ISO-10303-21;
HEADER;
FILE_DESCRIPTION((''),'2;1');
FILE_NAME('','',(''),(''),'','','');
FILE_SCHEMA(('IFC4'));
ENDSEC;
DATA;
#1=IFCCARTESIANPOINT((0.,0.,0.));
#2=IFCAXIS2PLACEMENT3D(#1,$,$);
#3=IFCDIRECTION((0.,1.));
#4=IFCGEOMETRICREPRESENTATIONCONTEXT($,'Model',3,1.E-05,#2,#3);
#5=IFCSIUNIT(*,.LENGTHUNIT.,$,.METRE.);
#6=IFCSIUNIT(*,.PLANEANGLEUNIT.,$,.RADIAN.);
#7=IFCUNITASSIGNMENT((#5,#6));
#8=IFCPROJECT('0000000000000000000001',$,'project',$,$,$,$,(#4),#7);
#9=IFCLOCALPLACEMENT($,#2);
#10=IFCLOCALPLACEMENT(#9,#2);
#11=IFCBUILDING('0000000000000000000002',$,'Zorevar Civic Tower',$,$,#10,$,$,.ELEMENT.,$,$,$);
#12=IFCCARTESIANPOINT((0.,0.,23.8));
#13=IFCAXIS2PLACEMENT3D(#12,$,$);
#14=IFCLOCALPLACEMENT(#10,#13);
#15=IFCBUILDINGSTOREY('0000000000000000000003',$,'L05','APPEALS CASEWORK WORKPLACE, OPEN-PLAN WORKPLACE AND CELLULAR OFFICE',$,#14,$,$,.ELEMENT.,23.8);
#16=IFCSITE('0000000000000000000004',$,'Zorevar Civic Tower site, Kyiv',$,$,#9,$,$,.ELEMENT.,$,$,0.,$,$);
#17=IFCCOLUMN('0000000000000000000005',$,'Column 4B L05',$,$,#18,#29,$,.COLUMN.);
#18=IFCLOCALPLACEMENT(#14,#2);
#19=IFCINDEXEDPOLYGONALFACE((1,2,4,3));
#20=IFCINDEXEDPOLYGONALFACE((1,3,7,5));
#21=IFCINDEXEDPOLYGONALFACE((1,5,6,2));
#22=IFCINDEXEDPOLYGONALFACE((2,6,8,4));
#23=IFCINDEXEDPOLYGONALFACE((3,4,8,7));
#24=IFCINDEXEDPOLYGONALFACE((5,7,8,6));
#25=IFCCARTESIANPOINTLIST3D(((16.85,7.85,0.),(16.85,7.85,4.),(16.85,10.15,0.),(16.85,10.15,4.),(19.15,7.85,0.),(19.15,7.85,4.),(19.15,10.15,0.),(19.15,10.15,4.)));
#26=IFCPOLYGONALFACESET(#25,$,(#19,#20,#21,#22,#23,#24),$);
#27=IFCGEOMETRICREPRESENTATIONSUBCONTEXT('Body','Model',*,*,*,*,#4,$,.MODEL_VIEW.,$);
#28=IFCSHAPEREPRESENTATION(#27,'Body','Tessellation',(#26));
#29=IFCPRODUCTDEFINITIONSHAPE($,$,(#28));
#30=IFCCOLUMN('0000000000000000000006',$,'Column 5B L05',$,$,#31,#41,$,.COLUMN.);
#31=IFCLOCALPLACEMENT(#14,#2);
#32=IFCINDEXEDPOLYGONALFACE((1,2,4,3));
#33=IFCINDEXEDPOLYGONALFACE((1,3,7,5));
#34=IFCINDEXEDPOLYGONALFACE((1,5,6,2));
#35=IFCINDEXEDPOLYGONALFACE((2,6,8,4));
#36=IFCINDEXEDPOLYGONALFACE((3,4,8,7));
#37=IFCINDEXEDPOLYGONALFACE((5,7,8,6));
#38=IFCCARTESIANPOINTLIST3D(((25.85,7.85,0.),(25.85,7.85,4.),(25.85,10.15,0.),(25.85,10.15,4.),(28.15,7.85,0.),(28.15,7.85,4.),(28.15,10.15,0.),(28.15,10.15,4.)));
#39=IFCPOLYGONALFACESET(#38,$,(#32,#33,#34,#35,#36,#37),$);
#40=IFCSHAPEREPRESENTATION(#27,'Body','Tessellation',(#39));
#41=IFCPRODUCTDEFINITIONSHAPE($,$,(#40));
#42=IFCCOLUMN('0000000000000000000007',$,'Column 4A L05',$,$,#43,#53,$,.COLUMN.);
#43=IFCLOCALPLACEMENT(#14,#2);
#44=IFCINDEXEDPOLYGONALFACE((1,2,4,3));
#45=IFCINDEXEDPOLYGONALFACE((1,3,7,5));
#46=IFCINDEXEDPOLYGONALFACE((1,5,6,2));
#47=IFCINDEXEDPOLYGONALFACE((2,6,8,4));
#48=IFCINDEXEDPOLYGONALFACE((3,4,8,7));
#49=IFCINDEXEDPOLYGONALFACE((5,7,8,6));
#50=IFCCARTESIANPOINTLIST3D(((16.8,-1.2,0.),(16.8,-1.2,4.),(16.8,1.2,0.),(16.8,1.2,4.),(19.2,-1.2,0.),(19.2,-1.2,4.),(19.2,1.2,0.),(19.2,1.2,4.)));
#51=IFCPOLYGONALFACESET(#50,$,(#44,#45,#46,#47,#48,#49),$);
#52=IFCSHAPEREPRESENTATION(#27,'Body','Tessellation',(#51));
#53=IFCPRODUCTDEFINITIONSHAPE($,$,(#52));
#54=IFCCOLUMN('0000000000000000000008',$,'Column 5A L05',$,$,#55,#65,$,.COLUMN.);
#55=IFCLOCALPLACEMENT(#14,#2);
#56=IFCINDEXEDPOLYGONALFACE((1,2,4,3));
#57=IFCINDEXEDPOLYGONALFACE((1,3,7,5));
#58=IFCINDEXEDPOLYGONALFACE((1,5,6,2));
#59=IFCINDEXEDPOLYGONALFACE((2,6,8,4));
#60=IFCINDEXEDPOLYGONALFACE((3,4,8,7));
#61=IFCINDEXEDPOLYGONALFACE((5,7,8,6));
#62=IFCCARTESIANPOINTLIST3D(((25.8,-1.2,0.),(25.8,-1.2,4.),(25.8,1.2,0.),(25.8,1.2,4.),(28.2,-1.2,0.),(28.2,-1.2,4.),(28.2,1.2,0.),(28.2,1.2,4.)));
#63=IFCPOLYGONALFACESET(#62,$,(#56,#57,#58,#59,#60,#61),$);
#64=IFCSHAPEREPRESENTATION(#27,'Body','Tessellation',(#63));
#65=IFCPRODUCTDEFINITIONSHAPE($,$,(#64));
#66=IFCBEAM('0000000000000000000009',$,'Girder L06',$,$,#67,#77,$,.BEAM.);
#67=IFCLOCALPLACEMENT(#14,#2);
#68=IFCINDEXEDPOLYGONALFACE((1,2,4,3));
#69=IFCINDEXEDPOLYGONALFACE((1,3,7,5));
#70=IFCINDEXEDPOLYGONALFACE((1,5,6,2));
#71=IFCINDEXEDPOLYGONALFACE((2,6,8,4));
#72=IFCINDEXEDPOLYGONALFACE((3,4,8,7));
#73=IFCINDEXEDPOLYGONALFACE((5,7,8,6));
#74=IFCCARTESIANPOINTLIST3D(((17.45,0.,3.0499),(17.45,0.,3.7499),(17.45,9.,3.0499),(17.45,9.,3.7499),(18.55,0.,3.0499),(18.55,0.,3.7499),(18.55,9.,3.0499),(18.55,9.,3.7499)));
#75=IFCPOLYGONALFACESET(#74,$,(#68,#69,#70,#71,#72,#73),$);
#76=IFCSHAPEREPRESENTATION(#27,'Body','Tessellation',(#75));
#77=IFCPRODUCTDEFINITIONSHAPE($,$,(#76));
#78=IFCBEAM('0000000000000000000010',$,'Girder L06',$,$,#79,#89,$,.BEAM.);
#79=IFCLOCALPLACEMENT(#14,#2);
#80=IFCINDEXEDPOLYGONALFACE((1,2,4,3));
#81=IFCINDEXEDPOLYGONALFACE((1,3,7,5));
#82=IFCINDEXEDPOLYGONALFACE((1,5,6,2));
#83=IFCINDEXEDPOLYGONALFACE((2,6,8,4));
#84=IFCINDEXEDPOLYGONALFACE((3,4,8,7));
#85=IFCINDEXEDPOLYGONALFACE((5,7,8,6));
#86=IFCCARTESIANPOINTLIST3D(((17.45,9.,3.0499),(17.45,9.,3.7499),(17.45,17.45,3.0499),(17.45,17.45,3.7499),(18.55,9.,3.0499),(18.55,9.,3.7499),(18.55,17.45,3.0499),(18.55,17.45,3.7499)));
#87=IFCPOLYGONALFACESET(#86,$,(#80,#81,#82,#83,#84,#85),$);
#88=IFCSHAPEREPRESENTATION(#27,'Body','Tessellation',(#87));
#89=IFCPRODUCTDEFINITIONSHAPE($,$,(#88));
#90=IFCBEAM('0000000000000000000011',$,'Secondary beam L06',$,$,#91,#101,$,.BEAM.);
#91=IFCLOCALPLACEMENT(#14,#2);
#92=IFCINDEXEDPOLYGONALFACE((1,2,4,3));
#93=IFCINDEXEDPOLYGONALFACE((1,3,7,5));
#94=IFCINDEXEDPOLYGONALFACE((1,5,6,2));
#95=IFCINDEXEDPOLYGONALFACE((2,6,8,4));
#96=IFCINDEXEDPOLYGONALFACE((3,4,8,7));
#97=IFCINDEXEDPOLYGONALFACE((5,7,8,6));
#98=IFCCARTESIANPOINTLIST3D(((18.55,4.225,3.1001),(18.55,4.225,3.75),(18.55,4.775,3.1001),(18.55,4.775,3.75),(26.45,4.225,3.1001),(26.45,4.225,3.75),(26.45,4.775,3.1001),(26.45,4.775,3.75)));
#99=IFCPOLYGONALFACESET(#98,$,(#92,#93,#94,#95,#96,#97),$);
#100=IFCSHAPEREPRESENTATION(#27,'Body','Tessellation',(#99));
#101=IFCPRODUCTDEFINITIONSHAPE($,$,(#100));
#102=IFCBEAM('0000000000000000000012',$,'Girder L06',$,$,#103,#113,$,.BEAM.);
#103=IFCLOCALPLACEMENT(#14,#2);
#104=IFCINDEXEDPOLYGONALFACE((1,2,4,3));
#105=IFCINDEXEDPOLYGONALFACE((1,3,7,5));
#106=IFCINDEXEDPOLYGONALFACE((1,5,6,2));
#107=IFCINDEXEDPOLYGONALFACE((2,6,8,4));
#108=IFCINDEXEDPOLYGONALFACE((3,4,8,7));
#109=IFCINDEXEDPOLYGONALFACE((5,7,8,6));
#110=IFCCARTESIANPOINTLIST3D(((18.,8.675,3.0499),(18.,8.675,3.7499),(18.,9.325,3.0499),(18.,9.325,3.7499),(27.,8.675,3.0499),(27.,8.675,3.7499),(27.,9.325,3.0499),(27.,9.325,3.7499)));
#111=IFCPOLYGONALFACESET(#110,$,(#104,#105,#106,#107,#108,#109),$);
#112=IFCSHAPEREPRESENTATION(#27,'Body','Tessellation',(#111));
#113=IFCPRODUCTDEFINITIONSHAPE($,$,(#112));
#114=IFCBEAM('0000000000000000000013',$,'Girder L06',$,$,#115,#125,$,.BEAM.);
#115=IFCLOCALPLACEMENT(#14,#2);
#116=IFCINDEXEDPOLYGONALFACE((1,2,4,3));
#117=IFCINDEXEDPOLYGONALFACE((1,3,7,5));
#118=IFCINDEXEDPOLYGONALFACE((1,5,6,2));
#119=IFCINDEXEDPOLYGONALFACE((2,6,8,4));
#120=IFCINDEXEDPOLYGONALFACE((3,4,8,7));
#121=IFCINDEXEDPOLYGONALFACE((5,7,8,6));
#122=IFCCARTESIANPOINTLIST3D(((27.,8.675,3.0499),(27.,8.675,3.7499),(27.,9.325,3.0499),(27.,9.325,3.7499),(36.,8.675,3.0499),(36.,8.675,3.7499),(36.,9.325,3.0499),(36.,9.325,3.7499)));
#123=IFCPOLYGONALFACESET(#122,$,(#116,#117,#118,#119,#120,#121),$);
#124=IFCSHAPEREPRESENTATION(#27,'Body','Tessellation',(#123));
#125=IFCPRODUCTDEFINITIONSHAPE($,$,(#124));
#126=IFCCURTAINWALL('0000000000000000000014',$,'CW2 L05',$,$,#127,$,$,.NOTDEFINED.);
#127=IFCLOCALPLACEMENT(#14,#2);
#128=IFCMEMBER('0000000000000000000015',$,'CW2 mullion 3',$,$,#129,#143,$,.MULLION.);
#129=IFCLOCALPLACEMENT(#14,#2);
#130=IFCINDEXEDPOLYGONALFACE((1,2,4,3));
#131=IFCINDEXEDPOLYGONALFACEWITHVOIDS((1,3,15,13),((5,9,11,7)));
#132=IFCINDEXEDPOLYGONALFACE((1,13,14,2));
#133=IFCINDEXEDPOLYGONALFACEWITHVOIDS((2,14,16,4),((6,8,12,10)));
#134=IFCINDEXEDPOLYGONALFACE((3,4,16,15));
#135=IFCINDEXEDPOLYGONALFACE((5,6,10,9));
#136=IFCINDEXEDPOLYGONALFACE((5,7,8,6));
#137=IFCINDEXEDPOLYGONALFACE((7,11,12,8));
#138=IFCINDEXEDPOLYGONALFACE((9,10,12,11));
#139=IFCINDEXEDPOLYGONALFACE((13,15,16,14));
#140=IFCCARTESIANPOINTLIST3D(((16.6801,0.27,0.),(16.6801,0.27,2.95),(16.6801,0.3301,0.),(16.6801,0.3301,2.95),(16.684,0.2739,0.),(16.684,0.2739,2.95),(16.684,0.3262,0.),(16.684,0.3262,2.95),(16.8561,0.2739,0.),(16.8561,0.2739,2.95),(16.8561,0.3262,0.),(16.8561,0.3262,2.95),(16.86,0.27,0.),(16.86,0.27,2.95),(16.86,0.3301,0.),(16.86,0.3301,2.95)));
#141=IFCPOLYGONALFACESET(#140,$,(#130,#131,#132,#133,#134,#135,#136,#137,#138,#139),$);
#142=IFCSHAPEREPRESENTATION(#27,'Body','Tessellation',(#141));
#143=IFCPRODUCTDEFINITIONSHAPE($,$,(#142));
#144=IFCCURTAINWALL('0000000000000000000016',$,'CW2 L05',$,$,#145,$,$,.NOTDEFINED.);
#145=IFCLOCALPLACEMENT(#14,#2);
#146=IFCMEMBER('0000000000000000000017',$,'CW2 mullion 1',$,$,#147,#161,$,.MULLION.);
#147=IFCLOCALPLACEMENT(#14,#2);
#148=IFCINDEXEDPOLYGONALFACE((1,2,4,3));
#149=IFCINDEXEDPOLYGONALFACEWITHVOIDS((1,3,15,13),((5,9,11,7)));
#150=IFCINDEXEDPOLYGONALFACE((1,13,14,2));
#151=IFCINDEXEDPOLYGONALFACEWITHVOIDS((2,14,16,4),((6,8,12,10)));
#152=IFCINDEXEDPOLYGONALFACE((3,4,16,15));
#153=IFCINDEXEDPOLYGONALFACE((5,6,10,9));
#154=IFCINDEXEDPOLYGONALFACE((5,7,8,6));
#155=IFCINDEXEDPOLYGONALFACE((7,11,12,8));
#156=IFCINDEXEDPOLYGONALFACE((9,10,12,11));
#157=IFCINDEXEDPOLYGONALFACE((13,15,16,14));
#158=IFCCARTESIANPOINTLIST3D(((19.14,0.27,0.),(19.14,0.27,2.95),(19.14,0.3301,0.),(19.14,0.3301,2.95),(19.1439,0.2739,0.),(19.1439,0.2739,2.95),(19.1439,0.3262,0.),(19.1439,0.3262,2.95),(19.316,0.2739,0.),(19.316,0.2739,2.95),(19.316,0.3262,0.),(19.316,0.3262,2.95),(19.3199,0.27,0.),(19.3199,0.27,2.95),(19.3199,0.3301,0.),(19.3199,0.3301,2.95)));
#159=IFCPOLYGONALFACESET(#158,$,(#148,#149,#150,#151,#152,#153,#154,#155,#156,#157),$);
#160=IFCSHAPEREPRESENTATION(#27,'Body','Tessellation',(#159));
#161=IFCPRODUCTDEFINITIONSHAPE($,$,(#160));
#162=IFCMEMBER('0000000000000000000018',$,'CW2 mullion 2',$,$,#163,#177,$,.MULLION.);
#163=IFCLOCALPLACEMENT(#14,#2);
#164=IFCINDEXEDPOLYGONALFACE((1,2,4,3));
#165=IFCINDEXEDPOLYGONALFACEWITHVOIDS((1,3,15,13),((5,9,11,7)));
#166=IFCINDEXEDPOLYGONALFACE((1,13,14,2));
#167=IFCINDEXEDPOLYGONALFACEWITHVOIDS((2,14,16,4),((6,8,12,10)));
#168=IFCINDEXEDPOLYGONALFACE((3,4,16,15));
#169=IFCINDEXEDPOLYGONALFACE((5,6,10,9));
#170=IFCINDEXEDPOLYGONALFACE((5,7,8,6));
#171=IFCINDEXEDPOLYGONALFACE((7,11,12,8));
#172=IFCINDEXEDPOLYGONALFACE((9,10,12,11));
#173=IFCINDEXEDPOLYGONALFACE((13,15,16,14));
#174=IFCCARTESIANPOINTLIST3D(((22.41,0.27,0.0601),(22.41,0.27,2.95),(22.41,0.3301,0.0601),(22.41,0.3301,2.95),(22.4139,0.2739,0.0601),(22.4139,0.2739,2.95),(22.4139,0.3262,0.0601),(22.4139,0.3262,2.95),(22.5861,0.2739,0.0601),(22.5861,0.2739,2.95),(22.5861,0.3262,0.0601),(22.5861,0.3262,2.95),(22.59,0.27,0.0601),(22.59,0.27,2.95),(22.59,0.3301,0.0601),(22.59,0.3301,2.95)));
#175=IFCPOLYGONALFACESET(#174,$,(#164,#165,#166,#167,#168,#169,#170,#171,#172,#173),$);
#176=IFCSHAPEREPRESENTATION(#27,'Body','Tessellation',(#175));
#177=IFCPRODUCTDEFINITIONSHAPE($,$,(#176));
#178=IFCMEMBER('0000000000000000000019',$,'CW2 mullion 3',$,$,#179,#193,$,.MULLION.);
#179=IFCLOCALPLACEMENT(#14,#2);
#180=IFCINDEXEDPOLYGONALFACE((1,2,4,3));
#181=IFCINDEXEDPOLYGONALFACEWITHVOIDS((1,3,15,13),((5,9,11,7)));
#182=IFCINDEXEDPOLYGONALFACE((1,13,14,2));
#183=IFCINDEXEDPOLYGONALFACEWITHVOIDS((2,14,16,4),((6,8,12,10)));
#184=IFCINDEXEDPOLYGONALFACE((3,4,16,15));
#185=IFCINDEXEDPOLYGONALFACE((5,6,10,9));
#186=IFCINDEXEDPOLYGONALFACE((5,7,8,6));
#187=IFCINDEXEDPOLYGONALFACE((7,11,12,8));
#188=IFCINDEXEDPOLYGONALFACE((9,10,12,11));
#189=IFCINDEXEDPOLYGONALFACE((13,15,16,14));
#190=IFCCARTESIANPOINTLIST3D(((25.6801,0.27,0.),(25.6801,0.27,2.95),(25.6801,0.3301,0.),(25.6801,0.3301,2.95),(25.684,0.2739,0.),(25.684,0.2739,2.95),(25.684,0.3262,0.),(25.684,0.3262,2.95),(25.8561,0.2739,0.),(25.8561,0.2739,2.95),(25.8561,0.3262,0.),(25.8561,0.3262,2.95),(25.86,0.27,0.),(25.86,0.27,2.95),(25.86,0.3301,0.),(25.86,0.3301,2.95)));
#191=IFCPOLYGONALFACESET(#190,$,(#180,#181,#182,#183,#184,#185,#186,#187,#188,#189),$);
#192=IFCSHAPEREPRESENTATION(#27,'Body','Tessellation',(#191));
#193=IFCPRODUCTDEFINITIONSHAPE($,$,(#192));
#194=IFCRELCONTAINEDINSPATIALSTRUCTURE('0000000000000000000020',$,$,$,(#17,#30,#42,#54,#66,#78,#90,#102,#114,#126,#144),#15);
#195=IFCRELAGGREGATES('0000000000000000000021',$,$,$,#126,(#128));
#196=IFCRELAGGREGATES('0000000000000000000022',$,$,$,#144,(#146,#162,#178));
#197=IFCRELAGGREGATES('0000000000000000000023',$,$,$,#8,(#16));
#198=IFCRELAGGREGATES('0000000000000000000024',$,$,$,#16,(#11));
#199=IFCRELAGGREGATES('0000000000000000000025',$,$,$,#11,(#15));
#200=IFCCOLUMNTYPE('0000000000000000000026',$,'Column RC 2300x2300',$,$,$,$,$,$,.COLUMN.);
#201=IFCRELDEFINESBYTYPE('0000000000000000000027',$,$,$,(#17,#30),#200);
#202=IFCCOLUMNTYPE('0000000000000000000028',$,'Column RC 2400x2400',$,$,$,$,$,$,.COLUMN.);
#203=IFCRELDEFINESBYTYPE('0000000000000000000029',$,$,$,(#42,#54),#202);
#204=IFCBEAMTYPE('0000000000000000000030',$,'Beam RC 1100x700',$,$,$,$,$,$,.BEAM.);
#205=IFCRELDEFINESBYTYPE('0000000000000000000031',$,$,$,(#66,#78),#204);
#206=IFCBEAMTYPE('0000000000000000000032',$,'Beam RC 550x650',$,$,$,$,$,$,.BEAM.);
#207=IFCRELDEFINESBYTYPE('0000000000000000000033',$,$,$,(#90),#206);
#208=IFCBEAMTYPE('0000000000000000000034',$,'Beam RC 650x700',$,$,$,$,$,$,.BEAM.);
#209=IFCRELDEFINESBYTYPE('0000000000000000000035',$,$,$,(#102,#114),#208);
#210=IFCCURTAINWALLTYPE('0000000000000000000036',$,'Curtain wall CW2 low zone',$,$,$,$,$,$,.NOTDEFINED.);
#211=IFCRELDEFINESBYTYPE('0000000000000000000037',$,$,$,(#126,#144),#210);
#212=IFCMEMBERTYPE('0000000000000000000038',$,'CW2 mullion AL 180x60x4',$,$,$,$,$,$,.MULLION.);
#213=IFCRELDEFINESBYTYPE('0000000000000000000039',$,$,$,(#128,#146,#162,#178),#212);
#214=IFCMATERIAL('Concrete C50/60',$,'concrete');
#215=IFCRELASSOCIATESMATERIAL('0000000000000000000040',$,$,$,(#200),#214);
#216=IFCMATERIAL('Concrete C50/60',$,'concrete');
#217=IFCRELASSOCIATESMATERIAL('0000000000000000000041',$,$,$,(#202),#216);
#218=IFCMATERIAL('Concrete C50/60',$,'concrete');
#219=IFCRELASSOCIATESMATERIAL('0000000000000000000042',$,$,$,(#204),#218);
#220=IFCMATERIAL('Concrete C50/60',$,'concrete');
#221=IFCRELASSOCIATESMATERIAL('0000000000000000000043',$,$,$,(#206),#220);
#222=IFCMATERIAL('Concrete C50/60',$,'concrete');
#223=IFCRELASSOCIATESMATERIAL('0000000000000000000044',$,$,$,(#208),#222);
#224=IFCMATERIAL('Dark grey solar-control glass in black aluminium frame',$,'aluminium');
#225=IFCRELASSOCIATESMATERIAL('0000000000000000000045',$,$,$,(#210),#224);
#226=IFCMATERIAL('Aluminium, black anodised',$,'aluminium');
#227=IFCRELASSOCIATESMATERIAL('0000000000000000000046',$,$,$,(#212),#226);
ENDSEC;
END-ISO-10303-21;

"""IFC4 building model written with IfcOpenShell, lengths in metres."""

from ifc_helpers import new_model, si_unit, direction, frame, origin, origin_2d, place, context, subcontext, project, spatial, rectangle, hollow_rectangle, extrude, material, material_profile, profile_set, type_object, element, aggregate, save


model = new_model("IFC4")

# Units and contexts
model_context = context("Model", 3, precision=1e-05, world=origin(), true_north=direction((0.0, 1.0)))
body_context = subcontext(model_context, "Body", "Model", "MODEL_VIEW")
ifc_project = project(units=[si_unit("LENGTHUNIT", "METRE"), si_unit("PLANEANGLEUNIT", "RADIAN")], contexts=[model_context])

# Site, building, storey
site_placement = place(None, origin())
site = spatial("IfcSite", under=ifc_project, at=site_placement, Name="Zorevar Civic Tower site, Kyiv", CompositionType="ELEMENT", RefElevation=0.0)
building_placement = place(site_placement, origin())
building = spatial("IfcBuilding", under=site, at=building_placement, Name="Zorevar Civic Tower", CompositionType="ELEMENT")
storey_placement = place(building_placement, frame((0.0, 0.0, 23.8)))
storey = spatial("IfcBuildingStorey", under=building, at=storey_placement, Name="L05", Description="APPEALS CASEWORK WORKPLACE, OPEN-PLAN WORKPLACE AND CELLULAR OFFICE", CompositionType="ELEMENT", Elevation=23.8)

# Columns
ifc_material_1 = material(Name="Concrete C50/60", Category="concrete")
ifc_material_profile_1 = material_profile(ifc_material_1, rectangle(XDim=2.3, YDim=2.3, at=origin_2d()), Name="RC 2300x2300")
ifc_profile_set_1 = profile_set([ifc_material_profile_1], Name="Concrete C50/60")
column_type_1 = type_object("IfcColumnType", Name="Column RC 2300x2300", PredefinedType="COLUMN", material=ifc_profile_set_1)
for number, where, z_axis, x_axis, name in (
    (1, (18.0, 9.0, 0.0), (0.0, 0.0, 1.0), (1.0, 0.0, 0.0), "Column 4B L05"),
    (2, (27.0, 9.0, 0.0), (0.0, 0.0, 1.0), (1.0, 0.0, 0.0), "Column 5B L05"),
):
    element("IfcColumn", number, at=place(storey_placement, frame(where, z_axis=z_axis, x_axis=x_axis)), inside=storey, type_object=column_type_1, Name=name, PredefinedType="COLUMN", context=body_context, shape_type="SweptSolid", body=[
        extrude(rectangle(XDim=2.3, YDim=2.3, at=origin_2d()), origin(), (0.0, 0.0, 1.0), 4.0),
    ])
ifc_material_2 = material(Name="Concrete C50/60", Category="concrete")
ifc_material_profile_2 = material_profile(ifc_material_2, rectangle(XDim=2.3999, YDim=2.3999, at=origin_2d()), Name="RC 2400x2400")
ifc_profile_set_2 = profile_set([ifc_material_profile_2], Name="Concrete C50/60")
column_type_2 = type_object("IfcColumnType", Name="Column RC 2400x2400", PredefinedType="COLUMN", material=ifc_profile_set_2)
for number, where, z_axis, x_axis, name in (
    (3, (18.0, 0.0, 0.0), (0.0, 0.0, 1.0), (1.0, 0.0, 0.0), "Column 4A L05"),
    (4, (27.0, 0.0, 0.0), (0.0, 0.0, 1.0), (1.0, 0.0, 0.0), "Column 5A L05"),
):
    element("IfcColumn", number, at=place(storey_placement, frame(where, z_axis=z_axis, x_axis=x_axis)), inside=storey, type_object=column_type_2, Name=name, PredefinedType="COLUMN", context=body_context, shape_type="SweptSolid", body=[
        extrude(rectangle(XDim=2.3999, YDim=2.3999, at=origin_2d()), origin(), (0.0, 0.0, 1.0), 4.0),
    ])

# Beams
ifc_material_3 = material(Name="Concrete C50/60", Category="concrete")
ifc_material_profile_3 = material_profile(ifc_material_3, rectangle(XDim=1.1001, YDim=0.7, at=origin_2d()), Name="RC 1100x700")
ifc_profile_set_3 = profile_set([ifc_material_profile_3], Name="Concrete C50/60")
beam_type_1 = type_object("IfcBeamType", Name="Beam RC 1100x700", PredefinedType="BEAM", material=ifc_profile_set_3)
beam_1_placement = place(storey_placement, frame((18.0, 0.0, 3.3999), z_axis=(0.0, 1.0, 0.0), x_axis=(-1.0, 0.0, 0.0)))
element("IfcBeam", 5, at=beam_1_placement, inside=storey, type_object=beam_type_1, Name="Girder L06", PredefinedType="BEAM", context=body_context, shape_type="SweptSolid", body=[
    extrude(rectangle(XDim=1.1001, YDim=0.7, at=origin_2d()), origin(), (0.0, 0.0, 1.0), 9.0),
])
beam_2_placement = place(storey_placement, frame((18.0, 9.0, 3.3999), z_axis=(0.0, 1.0, 0.0), x_axis=(-1.0, 0.0, 0.0)))
element("IfcBeam", 6, at=beam_2_placement, inside=storey, type_object=beam_type_1, Name="Girder L06", PredefinedType="BEAM", context=body_context, shape_type="SweptSolid", body=[
    extrude(rectangle(XDim=1.1001, YDim=0.7, at=origin_2d()), origin(), (0.0, 0.0, 1.0), 8.45),
])
ifc_material_4 = material(Name="Concrete C50/60", Category="concrete")
ifc_material_profile_4 = material_profile(ifc_material_4, rectangle(XDim=0.55, YDim=0.6499, at=origin_2d()), Name="RC 550x650")
ifc_profile_set_4 = profile_set([ifc_material_profile_4], Name="Concrete C50/60")
beam_type_2 = type_object("IfcBeamType", Name="Beam RC 550x650", PredefinedType="BEAM", material=ifc_profile_set_4)
beam_3_placement = place(storey_placement, frame((18.55, 4.5, 3.425), z_axis=(1.0, 0.0, 0.0), x_axis=(0.0, 1.0, 0.0)))
element("IfcBeam", 7, at=beam_3_placement, inside=storey, type_object=beam_type_2, Name="Secondary beam L06", PredefinedType="BEAM", context=body_context, shape_type="SweptSolid", body=[
    extrude(rectangle(XDim=0.55, YDim=0.6499, at=origin_2d()), origin(), (0.0, 0.0, 1.0), 7.8999),
])
ifc_material_5 = material(Name="Concrete C50/60", Category="concrete")
ifc_material_profile_5 = material_profile(ifc_material_5, rectangle(XDim=0.6499, YDim=0.7, at=origin_2d()), Name="RC 650x700")
ifc_profile_set_5 = profile_set([ifc_material_profile_5], Name="Concrete C50/60")
beam_type_3 = type_object("IfcBeamType", Name="Beam RC 650x700", PredefinedType="BEAM", material=ifc_profile_set_5)
for number, where, z_axis, x_axis, name in (
    (8, (18.0, 9.0, 3.3999), (1.0, 0.0, 0.0), (0.0, 1.0, 0.0), "Girder L06"),
    (9, (27.0, 9.0, 3.3999), (1.0, 0.0, 0.0), (0.0, 1.0, 0.0), "Girder L06"),
):
    element("IfcBeam", number, at=place(storey_placement, frame(where, z_axis=z_axis, x_axis=x_axis)), inside=storey, type_object=beam_type_3, Name=name, PredefinedType="BEAM", context=body_context, shape_type="SweptSolid", body=[
        extrude(rectangle(XDim=0.6499, YDim=0.7, at=origin_2d()), origin(), (0.0, 0.0, 1.0), 9.0),
    ])

# Curtain wall, member
ifc_material_6 = material(Name="Dark grey solar-control glass in black aluminium frame", Category="aluminium")
curtain_wall_type = type_object("IfcCurtainWallType", Name="Curtain wall CW2 low zone", PredefinedType="NOTDEFINED", material=ifc_material_6)
curtain_wall_1_placement = place(storey_placement, origin())
curtain_wall_1 = element("IfcCurtainWall", 10, at=curtain_wall_1_placement, inside=storey, type_object=curtain_wall_type, Name="CW2 L05", PredefinedType="NOTDEFINED")
ifc_material_7 = material(Name="Aluminium, black anodised", Category="aluminium")
ifc_material_profile_6 = material_profile(ifc_material_7, hollow_rectangle(XDim=0.0601, YDim=0.1799, WallThickness=0.0039, at=origin_2d()), Name="AL 180x60x4")
ifc_profile_set_6 = profile_set([ifc_material_profile_6], Name="Aluminium, black anodised")
member_type_1 = type_object("IfcMemberType", Name="CW2 mullion AL 180x60x4", PredefinedType="MULLION", material=ifc_profile_set_6)
member_1_placement = place(storey_placement, frame((16.77, 0.3, 0.0), z_axis=(0.0, 0.0, 1.0), x_axis=(0.0, 1.0, 0.0)))
member_1 = element("IfcMember", 11, at=member_1_placement, type_object=member_type_1, Name="CW2 mullion 3", PredefinedType="MULLION", context=body_context, shape_type="SweptSolid", body=[
    extrude(hollow_rectangle(XDim=0.0601, YDim=0.1799, WallThickness=0.0039, at=origin_2d()), origin(), (0.0, 0.0, 1.0), 2.95),
])

# Curtain wall, members
curtain_wall_2_placement = place(storey_placement, origin())
curtain_wall_2 = element("IfcCurtainWall", 12, at=curtain_wall_2_placement, inside=storey, type_object=curtain_wall_type, Name="CW2 L05", PredefinedType="NOTDEFINED")
member_2_placement = place(storey_placement, frame((19.23, 0.3, 0.0), z_axis=(0.0, 0.0, 1.0), x_axis=(0.0, 1.0, 0.0)))
member_2 = element("IfcMember", 13, at=member_2_placement, type_object=member_type_1, Name="CW2 mullion 1", PredefinedType="MULLION", context=body_context, shape_type="SweptSolid", body=[
    extrude(hollow_rectangle(XDim=0.0601, YDim=0.1799, WallThickness=0.0039, at=origin_2d()), origin(), (0.0, 0.0, 1.0), 2.95),
])
member_3_placement = place(storey_placement, frame((22.5, 0.3, 0.0601), z_axis=(0.0, 0.0, 1.0), x_axis=(0.0, 1.0, 0.0)))
member_3 = element("IfcMember", 14, at=member_3_placement, type_object=member_type_1, Name="CW2 mullion 2", PredefinedType="MULLION", context=body_context, shape_type="SweptSolid", body=[
    extrude(hollow_rectangle(XDim=0.0601, YDim=0.1799, WallThickness=0.0039, at=origin_2d()), origin(), (0.0, 0.0, 1.0), 2.8899),
])
member_4_placement = place(storey_placement, frame((25.77, 0.3, 0.0), z_axis=(0.0, 0.0, 1.0), x_axis=(0.0, 1.0, 0.0)))
member_4 = element("IfcMember", 15, at=member_4_placement, type_object=member_type_1, Name="CW2 mullion 3", PredefinedType="MULLION", context=body_context, shape_type="SweptSolid", body=[
    extrude(hollow_rectangle(XDim=0.0601, YDim=0.1799, WallThickness=0.0039, at=origin_2d()), origin(), (0.0, 0.0, 1.0), 2.95),
])

aggregate(curtain_wall_1, [member_1])
aggregate(curtain_wall_2, [member_2, member_3, member_4])

save(model, "model.ifc")
